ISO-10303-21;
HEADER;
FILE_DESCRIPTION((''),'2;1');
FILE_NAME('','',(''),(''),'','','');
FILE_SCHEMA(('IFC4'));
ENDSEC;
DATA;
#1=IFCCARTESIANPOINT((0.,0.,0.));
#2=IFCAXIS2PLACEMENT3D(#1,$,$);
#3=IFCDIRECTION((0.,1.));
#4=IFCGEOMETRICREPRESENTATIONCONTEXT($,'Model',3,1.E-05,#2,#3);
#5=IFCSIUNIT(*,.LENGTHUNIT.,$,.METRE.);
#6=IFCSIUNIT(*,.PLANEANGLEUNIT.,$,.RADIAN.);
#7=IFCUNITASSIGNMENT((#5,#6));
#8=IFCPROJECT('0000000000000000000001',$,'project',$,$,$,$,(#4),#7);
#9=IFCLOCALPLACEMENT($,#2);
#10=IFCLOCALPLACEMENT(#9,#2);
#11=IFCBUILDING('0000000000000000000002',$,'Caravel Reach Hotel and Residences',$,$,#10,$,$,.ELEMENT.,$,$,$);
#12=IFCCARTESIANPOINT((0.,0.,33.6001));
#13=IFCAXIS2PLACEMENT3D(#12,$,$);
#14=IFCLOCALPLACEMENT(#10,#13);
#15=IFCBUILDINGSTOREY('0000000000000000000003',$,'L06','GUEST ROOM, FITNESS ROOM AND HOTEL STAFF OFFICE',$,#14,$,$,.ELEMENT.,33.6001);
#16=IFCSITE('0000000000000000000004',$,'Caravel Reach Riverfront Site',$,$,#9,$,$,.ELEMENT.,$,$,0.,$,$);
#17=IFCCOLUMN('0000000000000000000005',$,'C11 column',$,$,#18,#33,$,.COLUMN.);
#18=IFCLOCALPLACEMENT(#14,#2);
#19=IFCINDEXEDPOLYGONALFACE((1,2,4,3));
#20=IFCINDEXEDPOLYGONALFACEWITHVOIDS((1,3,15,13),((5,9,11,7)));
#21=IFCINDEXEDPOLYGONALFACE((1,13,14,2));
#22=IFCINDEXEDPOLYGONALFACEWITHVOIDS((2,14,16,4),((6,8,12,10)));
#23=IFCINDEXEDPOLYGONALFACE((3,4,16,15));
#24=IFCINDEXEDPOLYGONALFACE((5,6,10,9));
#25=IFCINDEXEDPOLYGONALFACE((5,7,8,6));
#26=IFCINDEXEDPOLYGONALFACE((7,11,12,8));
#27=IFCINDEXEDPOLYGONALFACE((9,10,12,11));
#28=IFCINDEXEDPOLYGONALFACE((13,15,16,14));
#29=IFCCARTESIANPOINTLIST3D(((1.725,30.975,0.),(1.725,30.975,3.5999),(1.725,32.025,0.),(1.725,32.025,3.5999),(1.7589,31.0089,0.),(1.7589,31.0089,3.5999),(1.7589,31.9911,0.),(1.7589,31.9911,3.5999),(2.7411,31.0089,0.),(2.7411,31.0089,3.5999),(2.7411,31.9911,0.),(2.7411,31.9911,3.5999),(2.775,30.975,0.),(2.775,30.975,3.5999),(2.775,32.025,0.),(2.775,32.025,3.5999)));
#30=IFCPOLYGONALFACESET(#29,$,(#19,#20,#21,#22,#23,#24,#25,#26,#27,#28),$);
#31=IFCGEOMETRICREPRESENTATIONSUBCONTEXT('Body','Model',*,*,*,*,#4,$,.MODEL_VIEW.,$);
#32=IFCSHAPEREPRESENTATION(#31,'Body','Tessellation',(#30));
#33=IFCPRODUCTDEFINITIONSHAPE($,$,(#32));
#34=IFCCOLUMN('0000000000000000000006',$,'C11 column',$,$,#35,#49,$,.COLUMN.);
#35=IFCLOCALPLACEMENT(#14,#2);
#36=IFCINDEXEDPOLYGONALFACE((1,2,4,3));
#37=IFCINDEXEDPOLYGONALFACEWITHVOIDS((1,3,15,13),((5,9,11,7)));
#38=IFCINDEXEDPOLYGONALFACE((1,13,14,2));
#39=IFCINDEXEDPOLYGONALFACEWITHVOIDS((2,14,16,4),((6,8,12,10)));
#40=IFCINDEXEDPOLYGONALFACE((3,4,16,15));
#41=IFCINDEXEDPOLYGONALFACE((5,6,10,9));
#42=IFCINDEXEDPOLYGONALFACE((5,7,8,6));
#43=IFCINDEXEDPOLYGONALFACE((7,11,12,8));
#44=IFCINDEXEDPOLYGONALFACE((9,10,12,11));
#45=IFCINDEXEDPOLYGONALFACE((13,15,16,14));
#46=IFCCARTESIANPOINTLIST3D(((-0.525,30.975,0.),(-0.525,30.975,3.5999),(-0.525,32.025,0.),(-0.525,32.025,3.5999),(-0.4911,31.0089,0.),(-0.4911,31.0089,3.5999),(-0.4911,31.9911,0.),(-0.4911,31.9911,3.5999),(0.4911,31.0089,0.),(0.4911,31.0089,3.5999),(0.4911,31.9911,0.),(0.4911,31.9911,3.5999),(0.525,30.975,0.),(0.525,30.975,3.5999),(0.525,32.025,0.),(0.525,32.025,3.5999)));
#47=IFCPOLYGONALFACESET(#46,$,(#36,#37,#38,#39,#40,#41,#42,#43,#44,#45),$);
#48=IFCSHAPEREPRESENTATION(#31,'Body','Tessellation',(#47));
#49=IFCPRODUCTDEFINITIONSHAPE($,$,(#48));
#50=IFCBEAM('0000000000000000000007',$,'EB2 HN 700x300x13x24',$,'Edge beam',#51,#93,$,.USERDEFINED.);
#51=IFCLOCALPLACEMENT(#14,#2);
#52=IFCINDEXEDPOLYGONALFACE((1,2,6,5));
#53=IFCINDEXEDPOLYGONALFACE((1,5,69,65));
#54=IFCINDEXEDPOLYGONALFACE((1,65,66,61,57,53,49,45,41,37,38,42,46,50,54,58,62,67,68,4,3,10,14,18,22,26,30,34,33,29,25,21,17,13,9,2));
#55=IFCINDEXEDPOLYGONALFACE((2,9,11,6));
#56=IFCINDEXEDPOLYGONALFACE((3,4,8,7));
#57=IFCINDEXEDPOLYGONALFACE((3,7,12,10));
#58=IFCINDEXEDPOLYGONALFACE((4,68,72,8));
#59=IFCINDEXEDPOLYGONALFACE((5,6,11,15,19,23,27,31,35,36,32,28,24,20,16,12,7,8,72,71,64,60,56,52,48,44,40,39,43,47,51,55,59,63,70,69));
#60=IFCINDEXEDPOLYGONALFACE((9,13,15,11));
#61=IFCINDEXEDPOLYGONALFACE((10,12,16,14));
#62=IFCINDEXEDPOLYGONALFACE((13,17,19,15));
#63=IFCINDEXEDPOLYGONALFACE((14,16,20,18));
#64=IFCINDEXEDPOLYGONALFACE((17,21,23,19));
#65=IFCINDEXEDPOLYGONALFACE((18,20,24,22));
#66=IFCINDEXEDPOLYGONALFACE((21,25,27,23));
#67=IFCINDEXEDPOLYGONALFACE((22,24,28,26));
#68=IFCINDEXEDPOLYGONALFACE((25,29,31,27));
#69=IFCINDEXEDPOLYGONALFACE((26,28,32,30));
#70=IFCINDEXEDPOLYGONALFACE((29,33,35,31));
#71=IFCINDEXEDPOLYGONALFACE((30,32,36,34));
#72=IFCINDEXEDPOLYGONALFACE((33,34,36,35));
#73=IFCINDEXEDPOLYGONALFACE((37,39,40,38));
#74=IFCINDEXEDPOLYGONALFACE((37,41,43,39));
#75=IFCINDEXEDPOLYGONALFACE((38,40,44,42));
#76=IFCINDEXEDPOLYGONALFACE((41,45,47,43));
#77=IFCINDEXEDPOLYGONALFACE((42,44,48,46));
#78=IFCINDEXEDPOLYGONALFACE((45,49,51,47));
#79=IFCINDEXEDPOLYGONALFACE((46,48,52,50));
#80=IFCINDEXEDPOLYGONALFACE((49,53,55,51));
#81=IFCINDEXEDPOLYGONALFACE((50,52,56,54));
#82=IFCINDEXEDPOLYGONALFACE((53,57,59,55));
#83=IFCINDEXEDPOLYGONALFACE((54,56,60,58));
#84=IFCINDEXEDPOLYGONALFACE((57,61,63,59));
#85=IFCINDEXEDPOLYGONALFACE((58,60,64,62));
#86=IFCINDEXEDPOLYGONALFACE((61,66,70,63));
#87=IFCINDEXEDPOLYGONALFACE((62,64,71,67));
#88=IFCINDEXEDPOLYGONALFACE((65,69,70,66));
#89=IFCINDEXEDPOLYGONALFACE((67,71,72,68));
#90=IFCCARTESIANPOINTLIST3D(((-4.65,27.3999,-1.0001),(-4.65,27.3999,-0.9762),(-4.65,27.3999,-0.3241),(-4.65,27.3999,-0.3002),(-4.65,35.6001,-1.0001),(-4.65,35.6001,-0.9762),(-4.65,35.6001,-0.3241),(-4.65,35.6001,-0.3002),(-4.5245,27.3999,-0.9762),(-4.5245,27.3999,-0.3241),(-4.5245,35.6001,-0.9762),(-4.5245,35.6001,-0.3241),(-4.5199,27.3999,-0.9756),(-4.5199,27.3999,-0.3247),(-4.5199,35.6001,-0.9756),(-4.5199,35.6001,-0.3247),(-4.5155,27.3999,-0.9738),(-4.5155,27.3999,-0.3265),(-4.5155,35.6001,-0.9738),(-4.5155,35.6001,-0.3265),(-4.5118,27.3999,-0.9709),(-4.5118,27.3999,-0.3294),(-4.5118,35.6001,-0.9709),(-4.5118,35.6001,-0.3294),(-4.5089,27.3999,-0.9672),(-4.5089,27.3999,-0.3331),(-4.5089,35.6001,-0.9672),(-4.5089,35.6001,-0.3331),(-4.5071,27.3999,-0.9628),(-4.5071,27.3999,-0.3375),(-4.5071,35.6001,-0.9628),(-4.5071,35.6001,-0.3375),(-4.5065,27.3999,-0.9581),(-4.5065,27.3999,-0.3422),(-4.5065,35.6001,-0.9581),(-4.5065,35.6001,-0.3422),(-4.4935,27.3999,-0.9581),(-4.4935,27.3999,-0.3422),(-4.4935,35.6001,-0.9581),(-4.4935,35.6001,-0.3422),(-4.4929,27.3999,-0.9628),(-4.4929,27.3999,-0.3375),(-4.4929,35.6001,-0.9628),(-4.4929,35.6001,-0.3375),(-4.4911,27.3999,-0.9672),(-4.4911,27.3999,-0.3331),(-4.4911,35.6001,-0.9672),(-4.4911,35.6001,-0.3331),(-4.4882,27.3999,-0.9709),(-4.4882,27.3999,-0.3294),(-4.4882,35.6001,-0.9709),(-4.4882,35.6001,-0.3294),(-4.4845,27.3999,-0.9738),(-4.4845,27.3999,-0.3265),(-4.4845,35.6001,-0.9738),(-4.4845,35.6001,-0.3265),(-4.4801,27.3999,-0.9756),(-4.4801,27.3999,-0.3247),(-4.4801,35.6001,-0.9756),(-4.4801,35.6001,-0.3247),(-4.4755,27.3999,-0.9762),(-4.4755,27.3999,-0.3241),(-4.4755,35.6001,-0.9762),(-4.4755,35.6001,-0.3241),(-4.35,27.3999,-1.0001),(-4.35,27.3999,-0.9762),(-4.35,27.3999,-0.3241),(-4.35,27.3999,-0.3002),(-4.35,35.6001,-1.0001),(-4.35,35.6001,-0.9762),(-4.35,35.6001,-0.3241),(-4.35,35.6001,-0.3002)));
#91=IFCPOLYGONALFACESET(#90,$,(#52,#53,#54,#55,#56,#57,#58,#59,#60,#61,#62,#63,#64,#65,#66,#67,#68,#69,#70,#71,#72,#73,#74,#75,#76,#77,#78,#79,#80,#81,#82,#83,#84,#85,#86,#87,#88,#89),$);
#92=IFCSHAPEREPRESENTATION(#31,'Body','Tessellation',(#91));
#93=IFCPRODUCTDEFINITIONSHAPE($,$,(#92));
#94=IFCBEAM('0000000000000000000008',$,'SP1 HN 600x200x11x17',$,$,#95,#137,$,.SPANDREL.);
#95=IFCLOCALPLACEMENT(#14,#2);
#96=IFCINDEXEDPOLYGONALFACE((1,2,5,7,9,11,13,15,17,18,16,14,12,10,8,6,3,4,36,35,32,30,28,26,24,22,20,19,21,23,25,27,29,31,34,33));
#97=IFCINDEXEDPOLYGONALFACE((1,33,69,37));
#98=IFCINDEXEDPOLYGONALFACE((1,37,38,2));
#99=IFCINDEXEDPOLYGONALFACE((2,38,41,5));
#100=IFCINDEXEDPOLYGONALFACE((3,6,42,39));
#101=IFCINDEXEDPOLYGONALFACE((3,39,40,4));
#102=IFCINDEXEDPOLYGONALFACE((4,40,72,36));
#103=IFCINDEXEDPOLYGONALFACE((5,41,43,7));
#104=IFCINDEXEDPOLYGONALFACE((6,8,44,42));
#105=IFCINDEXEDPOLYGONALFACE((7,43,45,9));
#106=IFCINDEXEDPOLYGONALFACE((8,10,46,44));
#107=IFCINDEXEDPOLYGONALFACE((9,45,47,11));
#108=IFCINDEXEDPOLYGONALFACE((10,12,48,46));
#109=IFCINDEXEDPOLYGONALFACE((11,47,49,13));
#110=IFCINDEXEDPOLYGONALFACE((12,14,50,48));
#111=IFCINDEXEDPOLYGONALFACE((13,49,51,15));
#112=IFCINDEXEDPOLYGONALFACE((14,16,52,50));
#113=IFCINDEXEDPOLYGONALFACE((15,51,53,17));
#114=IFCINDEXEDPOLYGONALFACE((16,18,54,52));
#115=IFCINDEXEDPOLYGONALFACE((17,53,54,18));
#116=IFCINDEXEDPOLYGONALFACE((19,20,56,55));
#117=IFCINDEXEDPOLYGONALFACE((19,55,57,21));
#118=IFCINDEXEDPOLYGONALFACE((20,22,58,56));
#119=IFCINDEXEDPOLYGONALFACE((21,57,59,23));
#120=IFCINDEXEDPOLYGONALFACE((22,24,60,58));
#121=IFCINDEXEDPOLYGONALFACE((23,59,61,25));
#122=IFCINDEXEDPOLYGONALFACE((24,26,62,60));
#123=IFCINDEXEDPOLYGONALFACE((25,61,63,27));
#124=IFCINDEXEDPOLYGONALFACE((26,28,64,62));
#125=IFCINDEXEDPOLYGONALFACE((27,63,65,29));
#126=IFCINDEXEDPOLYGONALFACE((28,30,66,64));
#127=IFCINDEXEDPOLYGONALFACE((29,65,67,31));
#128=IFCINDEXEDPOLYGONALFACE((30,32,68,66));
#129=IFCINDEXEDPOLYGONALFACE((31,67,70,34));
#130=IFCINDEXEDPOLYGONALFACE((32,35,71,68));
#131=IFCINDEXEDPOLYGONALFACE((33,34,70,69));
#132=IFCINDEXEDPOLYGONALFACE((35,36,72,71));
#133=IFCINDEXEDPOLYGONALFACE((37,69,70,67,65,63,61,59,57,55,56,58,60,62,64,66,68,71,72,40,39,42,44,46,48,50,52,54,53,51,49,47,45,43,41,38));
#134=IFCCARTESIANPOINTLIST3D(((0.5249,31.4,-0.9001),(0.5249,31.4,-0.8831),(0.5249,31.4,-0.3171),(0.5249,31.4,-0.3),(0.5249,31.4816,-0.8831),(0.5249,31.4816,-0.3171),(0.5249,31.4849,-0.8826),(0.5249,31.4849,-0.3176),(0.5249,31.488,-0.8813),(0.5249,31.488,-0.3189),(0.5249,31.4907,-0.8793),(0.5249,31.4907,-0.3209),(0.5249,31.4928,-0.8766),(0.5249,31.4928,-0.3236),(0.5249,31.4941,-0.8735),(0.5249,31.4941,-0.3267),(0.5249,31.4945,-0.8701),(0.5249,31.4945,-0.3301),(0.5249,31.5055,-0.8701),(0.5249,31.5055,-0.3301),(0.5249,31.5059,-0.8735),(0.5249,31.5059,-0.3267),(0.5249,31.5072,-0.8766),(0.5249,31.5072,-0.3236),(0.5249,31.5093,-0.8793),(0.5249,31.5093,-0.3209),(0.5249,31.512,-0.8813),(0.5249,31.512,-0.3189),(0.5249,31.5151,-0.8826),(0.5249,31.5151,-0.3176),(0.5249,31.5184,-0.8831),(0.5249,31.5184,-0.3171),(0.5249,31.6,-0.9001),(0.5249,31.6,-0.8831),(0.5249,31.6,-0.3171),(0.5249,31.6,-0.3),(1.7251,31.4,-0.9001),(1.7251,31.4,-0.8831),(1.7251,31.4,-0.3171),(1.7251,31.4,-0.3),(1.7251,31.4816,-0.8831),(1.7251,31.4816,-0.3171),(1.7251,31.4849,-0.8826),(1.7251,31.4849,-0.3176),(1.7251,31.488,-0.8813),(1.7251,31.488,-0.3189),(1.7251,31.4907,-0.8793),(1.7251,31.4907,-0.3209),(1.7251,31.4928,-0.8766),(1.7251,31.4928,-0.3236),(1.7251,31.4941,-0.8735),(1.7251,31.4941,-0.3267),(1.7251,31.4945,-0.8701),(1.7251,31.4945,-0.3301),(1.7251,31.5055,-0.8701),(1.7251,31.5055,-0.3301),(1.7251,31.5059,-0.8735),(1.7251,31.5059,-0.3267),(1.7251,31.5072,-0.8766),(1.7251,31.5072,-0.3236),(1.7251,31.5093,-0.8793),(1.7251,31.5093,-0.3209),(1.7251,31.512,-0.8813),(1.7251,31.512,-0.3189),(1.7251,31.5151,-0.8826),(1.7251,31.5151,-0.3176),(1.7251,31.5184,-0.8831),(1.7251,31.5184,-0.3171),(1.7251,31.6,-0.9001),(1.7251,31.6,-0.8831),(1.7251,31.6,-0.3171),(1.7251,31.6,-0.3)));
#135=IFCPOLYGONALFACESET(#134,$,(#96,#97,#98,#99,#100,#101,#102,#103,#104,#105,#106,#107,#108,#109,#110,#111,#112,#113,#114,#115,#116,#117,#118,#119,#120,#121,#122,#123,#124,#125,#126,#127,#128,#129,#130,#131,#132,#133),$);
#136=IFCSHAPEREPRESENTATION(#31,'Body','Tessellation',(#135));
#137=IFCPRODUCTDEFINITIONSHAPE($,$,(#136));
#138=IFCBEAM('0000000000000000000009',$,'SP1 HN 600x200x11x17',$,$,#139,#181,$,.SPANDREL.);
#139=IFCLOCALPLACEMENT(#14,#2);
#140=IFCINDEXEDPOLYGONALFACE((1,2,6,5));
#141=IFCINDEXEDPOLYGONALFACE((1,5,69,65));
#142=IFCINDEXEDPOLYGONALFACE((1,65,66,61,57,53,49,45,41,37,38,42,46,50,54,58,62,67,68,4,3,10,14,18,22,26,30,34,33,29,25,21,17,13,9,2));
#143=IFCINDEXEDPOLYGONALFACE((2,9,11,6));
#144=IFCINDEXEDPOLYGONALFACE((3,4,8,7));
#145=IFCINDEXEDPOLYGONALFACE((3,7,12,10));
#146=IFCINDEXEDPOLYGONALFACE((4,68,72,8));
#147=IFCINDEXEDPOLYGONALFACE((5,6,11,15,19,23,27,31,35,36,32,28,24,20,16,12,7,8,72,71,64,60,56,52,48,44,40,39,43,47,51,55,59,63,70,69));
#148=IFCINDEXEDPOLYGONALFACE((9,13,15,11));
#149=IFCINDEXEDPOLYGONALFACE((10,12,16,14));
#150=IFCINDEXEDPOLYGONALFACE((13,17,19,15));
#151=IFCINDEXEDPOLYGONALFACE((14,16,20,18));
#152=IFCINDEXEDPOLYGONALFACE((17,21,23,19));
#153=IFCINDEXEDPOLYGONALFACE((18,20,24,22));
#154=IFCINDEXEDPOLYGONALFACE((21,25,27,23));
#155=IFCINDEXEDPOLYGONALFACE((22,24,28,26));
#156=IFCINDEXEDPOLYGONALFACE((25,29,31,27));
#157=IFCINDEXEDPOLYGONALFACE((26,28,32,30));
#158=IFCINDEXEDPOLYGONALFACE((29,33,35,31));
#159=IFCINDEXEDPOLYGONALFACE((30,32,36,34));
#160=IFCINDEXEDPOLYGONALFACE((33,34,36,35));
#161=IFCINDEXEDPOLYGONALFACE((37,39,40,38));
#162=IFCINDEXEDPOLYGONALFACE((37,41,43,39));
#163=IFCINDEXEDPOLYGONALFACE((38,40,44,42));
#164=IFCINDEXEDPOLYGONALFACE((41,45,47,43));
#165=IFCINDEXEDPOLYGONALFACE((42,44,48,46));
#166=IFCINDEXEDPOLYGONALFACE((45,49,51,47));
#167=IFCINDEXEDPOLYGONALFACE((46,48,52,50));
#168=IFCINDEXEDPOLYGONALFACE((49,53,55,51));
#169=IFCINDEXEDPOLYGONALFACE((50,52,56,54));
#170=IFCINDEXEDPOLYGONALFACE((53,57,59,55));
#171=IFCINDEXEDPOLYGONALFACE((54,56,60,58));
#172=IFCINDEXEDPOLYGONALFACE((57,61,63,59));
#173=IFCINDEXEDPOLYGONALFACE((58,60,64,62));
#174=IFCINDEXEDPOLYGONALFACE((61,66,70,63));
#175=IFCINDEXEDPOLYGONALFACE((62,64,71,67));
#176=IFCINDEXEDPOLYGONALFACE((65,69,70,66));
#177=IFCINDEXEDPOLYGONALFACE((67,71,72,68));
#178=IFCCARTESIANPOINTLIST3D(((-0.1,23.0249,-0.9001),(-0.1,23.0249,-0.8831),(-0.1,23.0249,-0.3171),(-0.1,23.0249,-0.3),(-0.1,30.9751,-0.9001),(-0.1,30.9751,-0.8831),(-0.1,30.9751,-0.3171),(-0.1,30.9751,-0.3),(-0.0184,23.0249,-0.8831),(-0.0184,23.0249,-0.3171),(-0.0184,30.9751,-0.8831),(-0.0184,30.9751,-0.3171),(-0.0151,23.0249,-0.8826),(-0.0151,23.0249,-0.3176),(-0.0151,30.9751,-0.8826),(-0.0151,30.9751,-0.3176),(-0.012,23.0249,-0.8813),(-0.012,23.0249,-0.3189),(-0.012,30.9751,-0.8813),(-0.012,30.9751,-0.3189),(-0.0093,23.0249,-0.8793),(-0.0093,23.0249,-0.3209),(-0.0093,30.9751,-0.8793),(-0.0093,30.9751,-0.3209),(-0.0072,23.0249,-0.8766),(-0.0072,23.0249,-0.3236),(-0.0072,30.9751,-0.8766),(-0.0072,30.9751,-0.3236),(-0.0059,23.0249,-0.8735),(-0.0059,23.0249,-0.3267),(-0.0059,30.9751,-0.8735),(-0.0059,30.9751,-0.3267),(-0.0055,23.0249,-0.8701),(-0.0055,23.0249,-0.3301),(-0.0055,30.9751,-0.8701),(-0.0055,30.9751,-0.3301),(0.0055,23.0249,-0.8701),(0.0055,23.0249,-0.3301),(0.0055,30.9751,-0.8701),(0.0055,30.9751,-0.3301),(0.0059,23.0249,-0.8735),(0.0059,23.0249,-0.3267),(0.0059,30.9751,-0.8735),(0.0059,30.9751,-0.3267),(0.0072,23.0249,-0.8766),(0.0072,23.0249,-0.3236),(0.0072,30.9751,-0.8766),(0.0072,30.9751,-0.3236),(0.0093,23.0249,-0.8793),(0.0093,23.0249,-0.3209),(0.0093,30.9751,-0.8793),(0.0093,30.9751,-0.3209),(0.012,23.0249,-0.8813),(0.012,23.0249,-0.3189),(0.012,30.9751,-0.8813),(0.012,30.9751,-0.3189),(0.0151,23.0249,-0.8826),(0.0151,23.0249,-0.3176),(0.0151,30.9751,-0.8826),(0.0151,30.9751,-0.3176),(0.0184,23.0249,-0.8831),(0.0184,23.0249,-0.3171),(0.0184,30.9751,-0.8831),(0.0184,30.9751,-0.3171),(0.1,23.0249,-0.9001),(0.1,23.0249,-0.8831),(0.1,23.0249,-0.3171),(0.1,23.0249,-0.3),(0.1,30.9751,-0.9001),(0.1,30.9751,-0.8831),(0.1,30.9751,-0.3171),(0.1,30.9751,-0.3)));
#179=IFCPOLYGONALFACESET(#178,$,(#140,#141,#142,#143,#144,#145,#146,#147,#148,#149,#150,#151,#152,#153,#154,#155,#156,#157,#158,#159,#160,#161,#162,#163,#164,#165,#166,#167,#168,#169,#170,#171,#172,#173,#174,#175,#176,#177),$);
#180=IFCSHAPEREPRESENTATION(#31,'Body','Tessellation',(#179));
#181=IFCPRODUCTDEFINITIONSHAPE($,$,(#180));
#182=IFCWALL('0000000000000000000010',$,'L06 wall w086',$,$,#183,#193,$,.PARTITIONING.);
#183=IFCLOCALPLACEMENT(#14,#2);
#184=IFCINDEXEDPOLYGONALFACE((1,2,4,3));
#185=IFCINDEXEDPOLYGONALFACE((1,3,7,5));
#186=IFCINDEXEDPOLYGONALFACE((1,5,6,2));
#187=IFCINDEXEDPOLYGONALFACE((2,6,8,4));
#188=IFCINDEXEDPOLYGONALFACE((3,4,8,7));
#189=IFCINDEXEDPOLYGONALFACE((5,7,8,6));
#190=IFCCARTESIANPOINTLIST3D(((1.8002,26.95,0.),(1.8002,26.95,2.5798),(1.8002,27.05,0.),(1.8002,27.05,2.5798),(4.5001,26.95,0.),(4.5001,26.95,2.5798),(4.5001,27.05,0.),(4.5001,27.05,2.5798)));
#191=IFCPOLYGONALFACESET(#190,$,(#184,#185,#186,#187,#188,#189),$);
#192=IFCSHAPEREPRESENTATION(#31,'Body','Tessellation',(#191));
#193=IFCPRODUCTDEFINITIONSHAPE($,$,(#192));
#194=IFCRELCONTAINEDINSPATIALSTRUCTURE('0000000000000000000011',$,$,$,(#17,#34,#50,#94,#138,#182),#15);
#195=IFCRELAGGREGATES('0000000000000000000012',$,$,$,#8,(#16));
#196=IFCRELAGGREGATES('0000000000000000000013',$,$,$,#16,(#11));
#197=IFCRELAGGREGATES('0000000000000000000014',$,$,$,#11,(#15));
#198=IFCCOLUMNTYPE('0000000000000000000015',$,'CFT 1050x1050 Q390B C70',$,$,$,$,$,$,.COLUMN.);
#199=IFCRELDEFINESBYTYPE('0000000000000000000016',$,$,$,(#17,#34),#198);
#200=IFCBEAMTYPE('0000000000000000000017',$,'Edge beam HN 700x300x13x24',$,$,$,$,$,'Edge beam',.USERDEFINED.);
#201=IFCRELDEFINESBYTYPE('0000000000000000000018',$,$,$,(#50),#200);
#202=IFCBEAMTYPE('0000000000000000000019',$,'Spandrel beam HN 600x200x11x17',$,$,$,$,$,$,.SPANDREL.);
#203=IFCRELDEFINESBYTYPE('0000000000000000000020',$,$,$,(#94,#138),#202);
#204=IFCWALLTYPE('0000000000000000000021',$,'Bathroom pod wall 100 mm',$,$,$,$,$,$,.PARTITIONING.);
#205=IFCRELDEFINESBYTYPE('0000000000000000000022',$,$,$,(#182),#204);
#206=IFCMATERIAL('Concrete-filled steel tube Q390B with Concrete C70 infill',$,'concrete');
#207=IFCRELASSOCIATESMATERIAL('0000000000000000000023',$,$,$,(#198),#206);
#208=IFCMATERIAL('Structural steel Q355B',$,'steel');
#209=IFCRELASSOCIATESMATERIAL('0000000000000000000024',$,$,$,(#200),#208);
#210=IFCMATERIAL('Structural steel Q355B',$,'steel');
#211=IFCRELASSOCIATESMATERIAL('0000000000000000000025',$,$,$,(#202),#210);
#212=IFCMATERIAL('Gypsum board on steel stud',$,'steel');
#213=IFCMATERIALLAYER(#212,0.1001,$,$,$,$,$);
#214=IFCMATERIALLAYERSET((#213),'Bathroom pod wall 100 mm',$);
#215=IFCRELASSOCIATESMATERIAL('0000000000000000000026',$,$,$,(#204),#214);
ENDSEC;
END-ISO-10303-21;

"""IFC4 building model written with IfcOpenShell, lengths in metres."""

from ifc_helpers import new_model, si_unit, direction, frame, frame_2d, origin, origin_2d, place, context, subcontext, project, spatial, rectangle, hollow_rectangle, i_section, extrude, material, layer, layer_set, material_profile, profile_set, type_object, element, save


model = new_model("IFC4")

# Units and contexts
model_context = context("Model", 3, precision=1e-05, world=origin(), true_north=direction((0.0, 1.0)))
body_context = subcontext(model_context, "Body", "Model", "MODEL_VIEW")
ifc_project = project(units=[si_unit("LENGTHUNIT", "METRE"), si_unit("PLANEANGLEUNIT", "RADIAN")], contexts=[model_context])

# Site, building, storey
site_placement = place(None, origin())
site = spatial("IfcSite", under=ifc_project, at=site_placement, Name="Caravel Reach Riverfront Site", CompositionType="ELEMENT", RefElevation=0.0)
building_placement = place(site_placement, origin())
building = spatial("IfcBuilding", under=site, at=building_placement, Name="Caravel Reach Hotel and Residences", CompositionType="ELEMENT")
storey_placement = place(building_placement, frame((0.0, 0.0, 33.6001)))
storey = spatial("IfcBuildingStorey", under=building, at=storey_placement, Name="L06", Description="GUEST ROOM, FITNESS ROOM AND HOTEL STAFF OFFICE", CompositionType="ELEMENT", Elevation=33.6001)

# Columns
ifc_material_1 = material(Name="Concrete-filled steel tube Q390B with Concrete C70 infill", Category="concrete")
ifc_material_profile_1 = material_profile(ifc_material_1, hollow_rectangle(XDim=1.05, YDim=1.05, WallThickness=0.0339, at=origin_2d()), Name="RHS 1050x1050x34")
ifc_profile_set_1 = profile_set([ifc_material_profile_1], Name="Concrete-filled steel tube Q390B with Concrete C70 infill")
column_type = type_object("IfcColumnType", Name="CFT 1050x1050 Q390B C70", PredefinedType="COLUMN", material=ifc_profile_set_1)
for number, where, z_axis, x_axis, name in (
    (1, (2.25, 31.5, 0.0), (0.0, 0.0, 1.0), (1.0, 0.0, 0.0), "C11 column"),
    (2, (0.0, 31.5, 0.0), (0.0, 0.0, 1.0), (1.0, 0.0, 0.0), "C11 column"),
):
    element("IfcColumn", number, at=place(storey_placement, frame(where, z_axis=z_axis, x_axis=x_axis)), inside=storey, type_object=column_type, Name=name, PredefinedType="COLUMN", context=body_context, shape_type="SweptSolid", body=[
        extrude(hollow_rectangle(XDim=1.05, YDim=1.05, WallThickness=0.0339, at=origin_2d()), origin(), (0.0, 0.0, 1.0), 3.5999),
    ])

# Beams
ifc_material_2 = material(Name="Structural steel Q355B", Category="steel")
ifc_material_profile_2 = material_profile(ifc_material_2, i_section(OverallWidth=0.3, OverallDepth=0.7, WebThickness=0.0129, FlangeThickness=0.0239, FilletRadius=0.0181, at=origin_2d()), Name="HN 700x300x13x24")
ifc_profile_set_2 = profile_set([ifc_material_profile_2], Name="Structural steel Q355B")
beam_type_1 = type_object("IfcBeamType", Name="Edge beam HN 700x300x13x24", ElementType="Edge beam", PredefinedType="USERDEFINED", material=ifc_profile_set_2)
beam_1_placement = place(storey_placement, frame((-4.5, 27.3999, -0.6501), z_axis=(0.0, 1.0, 0.0), x_axis=(-1.0, 0.0, 0.0)))
element("IfcBeam", 3, at=beam_1_placement, inside=storey, type_object=beam_type_1, Name="EB2 HN 700x300x13x24", ObjectType="Edge beam", PredefinedType="USERDEFINED", context=body_context, shape_type="SweptSolid", body=[
    extrude(i_section(OverallWidth=0.3, OverallDepth=0.7, WebThickness=0.0129, FlangeThickness=0.0239, FilletRadius=0.0181, at=origin_2d()), origin(), (0.0, 0.0, 1.0), 8.2002),
])
ifc_material_3 = material(Name="Structural steel Q355B", Category="steel")
ifc_material_profile_3 = material_profile(ifc_material_3, i_section(OverallWidth=0.2, OverallDepth=0.6001, WebThickness=0.011, FlangeThickness=0.0171, FilletRadius=0.0129, at=origin_2d()), Name="HN 600x200x11x17")
ifc_profile_set_3 = profile_set([ifc_material_profile_3], Name="Structural steel Q355B")
beam_type_2 = type_object("IfcBeamType", Name="Spandrel beam HN 600x200x11x17", PredefinedType="SPANDREL", material=ifc_profile_set_3)
beam_2_placement = place(storey_placement, frame((1.7251, 31.5, -0.6001), z_axis=(-1.0, 0.0, 0.0), x_axis=(0.0, -1.0, 0.0)))
element("IfcBeam", 4, at=beam_2_placement, inside=storey, type_object=beam_type_2, Name="SP1 HN 600x200x11x17", PredefinedType="SPANDREL", context=body_context, shape_type="SweptSolid", body=[
    extrude(i_section(OverallWidth=0.2, OverallDepth=0.6001, WebThickness=0.011, FlangeThickness=0.0171, FilletRadius=0.0129, at=origin_2d()), origin(), (0.0, 0.0, 1.0), 1.2002),
])
beam_3_placement = place(storey_placement, frame((0.0, 30.9751, -0.6001), z_axis=(0.0, -1.0, 0.0), x_axis=(1.0, 0.0, 0.0)))
element("IfcBeam", 5, at=beam_3_placement, inside=storey, type_object=beam_type_2, Name="SP1 HN 600x200x11x17", PredefinedType="SPANDREL", context=body_context, shape_type="SweptSolid", body=[
    extrude(i_section(OverallWidth=0.2, OverallDepth=0.6001, WebThickness=0.011, FlangeThickness=0.0171, FilletRadius=0.0129, at=origin_2d()), origin(), (0.0, 0.0, 1.0), 7.9502),
])

# Wall
ifc_material_4 = material(Name="Gypsum board on steel stud", Category="steel")
ifc_layer_1 = layer(ifc_material_4, 0.1001)
ifc_layer_set_1 = layer_set([ifc_layer_1], Name="Bathroom pod wall 100 mm")
wall_type_1 = type_object("IfcWallType", Name="Bathroom pod wall 100 mm", PredefinedType="PARTITIONING", material=ifc_layer_set_1)
wall_1_placement = place(storey_placement, frame((1.8, 27.0, 0.0), z_axis=(0.0, 0.0, 1.0), x_axis=(1.0, 0.0, 0.0)))
element("IfcWall", 6, at=wall_1_placement, inside=storey, type_object=wall_type_1, Name="L06 wall w086", PredefinedType="PARTITIONING", context=body_context, shape_type="SweptSolid", body=[
    extrude(rectangle(XDim=2.7, YDim=0.1001, at=frame_2d((1.3501, 0.0))), origin(), (0.0, 0.0, 1.0), 2.5798),
])

save(model, "model.ifc")
